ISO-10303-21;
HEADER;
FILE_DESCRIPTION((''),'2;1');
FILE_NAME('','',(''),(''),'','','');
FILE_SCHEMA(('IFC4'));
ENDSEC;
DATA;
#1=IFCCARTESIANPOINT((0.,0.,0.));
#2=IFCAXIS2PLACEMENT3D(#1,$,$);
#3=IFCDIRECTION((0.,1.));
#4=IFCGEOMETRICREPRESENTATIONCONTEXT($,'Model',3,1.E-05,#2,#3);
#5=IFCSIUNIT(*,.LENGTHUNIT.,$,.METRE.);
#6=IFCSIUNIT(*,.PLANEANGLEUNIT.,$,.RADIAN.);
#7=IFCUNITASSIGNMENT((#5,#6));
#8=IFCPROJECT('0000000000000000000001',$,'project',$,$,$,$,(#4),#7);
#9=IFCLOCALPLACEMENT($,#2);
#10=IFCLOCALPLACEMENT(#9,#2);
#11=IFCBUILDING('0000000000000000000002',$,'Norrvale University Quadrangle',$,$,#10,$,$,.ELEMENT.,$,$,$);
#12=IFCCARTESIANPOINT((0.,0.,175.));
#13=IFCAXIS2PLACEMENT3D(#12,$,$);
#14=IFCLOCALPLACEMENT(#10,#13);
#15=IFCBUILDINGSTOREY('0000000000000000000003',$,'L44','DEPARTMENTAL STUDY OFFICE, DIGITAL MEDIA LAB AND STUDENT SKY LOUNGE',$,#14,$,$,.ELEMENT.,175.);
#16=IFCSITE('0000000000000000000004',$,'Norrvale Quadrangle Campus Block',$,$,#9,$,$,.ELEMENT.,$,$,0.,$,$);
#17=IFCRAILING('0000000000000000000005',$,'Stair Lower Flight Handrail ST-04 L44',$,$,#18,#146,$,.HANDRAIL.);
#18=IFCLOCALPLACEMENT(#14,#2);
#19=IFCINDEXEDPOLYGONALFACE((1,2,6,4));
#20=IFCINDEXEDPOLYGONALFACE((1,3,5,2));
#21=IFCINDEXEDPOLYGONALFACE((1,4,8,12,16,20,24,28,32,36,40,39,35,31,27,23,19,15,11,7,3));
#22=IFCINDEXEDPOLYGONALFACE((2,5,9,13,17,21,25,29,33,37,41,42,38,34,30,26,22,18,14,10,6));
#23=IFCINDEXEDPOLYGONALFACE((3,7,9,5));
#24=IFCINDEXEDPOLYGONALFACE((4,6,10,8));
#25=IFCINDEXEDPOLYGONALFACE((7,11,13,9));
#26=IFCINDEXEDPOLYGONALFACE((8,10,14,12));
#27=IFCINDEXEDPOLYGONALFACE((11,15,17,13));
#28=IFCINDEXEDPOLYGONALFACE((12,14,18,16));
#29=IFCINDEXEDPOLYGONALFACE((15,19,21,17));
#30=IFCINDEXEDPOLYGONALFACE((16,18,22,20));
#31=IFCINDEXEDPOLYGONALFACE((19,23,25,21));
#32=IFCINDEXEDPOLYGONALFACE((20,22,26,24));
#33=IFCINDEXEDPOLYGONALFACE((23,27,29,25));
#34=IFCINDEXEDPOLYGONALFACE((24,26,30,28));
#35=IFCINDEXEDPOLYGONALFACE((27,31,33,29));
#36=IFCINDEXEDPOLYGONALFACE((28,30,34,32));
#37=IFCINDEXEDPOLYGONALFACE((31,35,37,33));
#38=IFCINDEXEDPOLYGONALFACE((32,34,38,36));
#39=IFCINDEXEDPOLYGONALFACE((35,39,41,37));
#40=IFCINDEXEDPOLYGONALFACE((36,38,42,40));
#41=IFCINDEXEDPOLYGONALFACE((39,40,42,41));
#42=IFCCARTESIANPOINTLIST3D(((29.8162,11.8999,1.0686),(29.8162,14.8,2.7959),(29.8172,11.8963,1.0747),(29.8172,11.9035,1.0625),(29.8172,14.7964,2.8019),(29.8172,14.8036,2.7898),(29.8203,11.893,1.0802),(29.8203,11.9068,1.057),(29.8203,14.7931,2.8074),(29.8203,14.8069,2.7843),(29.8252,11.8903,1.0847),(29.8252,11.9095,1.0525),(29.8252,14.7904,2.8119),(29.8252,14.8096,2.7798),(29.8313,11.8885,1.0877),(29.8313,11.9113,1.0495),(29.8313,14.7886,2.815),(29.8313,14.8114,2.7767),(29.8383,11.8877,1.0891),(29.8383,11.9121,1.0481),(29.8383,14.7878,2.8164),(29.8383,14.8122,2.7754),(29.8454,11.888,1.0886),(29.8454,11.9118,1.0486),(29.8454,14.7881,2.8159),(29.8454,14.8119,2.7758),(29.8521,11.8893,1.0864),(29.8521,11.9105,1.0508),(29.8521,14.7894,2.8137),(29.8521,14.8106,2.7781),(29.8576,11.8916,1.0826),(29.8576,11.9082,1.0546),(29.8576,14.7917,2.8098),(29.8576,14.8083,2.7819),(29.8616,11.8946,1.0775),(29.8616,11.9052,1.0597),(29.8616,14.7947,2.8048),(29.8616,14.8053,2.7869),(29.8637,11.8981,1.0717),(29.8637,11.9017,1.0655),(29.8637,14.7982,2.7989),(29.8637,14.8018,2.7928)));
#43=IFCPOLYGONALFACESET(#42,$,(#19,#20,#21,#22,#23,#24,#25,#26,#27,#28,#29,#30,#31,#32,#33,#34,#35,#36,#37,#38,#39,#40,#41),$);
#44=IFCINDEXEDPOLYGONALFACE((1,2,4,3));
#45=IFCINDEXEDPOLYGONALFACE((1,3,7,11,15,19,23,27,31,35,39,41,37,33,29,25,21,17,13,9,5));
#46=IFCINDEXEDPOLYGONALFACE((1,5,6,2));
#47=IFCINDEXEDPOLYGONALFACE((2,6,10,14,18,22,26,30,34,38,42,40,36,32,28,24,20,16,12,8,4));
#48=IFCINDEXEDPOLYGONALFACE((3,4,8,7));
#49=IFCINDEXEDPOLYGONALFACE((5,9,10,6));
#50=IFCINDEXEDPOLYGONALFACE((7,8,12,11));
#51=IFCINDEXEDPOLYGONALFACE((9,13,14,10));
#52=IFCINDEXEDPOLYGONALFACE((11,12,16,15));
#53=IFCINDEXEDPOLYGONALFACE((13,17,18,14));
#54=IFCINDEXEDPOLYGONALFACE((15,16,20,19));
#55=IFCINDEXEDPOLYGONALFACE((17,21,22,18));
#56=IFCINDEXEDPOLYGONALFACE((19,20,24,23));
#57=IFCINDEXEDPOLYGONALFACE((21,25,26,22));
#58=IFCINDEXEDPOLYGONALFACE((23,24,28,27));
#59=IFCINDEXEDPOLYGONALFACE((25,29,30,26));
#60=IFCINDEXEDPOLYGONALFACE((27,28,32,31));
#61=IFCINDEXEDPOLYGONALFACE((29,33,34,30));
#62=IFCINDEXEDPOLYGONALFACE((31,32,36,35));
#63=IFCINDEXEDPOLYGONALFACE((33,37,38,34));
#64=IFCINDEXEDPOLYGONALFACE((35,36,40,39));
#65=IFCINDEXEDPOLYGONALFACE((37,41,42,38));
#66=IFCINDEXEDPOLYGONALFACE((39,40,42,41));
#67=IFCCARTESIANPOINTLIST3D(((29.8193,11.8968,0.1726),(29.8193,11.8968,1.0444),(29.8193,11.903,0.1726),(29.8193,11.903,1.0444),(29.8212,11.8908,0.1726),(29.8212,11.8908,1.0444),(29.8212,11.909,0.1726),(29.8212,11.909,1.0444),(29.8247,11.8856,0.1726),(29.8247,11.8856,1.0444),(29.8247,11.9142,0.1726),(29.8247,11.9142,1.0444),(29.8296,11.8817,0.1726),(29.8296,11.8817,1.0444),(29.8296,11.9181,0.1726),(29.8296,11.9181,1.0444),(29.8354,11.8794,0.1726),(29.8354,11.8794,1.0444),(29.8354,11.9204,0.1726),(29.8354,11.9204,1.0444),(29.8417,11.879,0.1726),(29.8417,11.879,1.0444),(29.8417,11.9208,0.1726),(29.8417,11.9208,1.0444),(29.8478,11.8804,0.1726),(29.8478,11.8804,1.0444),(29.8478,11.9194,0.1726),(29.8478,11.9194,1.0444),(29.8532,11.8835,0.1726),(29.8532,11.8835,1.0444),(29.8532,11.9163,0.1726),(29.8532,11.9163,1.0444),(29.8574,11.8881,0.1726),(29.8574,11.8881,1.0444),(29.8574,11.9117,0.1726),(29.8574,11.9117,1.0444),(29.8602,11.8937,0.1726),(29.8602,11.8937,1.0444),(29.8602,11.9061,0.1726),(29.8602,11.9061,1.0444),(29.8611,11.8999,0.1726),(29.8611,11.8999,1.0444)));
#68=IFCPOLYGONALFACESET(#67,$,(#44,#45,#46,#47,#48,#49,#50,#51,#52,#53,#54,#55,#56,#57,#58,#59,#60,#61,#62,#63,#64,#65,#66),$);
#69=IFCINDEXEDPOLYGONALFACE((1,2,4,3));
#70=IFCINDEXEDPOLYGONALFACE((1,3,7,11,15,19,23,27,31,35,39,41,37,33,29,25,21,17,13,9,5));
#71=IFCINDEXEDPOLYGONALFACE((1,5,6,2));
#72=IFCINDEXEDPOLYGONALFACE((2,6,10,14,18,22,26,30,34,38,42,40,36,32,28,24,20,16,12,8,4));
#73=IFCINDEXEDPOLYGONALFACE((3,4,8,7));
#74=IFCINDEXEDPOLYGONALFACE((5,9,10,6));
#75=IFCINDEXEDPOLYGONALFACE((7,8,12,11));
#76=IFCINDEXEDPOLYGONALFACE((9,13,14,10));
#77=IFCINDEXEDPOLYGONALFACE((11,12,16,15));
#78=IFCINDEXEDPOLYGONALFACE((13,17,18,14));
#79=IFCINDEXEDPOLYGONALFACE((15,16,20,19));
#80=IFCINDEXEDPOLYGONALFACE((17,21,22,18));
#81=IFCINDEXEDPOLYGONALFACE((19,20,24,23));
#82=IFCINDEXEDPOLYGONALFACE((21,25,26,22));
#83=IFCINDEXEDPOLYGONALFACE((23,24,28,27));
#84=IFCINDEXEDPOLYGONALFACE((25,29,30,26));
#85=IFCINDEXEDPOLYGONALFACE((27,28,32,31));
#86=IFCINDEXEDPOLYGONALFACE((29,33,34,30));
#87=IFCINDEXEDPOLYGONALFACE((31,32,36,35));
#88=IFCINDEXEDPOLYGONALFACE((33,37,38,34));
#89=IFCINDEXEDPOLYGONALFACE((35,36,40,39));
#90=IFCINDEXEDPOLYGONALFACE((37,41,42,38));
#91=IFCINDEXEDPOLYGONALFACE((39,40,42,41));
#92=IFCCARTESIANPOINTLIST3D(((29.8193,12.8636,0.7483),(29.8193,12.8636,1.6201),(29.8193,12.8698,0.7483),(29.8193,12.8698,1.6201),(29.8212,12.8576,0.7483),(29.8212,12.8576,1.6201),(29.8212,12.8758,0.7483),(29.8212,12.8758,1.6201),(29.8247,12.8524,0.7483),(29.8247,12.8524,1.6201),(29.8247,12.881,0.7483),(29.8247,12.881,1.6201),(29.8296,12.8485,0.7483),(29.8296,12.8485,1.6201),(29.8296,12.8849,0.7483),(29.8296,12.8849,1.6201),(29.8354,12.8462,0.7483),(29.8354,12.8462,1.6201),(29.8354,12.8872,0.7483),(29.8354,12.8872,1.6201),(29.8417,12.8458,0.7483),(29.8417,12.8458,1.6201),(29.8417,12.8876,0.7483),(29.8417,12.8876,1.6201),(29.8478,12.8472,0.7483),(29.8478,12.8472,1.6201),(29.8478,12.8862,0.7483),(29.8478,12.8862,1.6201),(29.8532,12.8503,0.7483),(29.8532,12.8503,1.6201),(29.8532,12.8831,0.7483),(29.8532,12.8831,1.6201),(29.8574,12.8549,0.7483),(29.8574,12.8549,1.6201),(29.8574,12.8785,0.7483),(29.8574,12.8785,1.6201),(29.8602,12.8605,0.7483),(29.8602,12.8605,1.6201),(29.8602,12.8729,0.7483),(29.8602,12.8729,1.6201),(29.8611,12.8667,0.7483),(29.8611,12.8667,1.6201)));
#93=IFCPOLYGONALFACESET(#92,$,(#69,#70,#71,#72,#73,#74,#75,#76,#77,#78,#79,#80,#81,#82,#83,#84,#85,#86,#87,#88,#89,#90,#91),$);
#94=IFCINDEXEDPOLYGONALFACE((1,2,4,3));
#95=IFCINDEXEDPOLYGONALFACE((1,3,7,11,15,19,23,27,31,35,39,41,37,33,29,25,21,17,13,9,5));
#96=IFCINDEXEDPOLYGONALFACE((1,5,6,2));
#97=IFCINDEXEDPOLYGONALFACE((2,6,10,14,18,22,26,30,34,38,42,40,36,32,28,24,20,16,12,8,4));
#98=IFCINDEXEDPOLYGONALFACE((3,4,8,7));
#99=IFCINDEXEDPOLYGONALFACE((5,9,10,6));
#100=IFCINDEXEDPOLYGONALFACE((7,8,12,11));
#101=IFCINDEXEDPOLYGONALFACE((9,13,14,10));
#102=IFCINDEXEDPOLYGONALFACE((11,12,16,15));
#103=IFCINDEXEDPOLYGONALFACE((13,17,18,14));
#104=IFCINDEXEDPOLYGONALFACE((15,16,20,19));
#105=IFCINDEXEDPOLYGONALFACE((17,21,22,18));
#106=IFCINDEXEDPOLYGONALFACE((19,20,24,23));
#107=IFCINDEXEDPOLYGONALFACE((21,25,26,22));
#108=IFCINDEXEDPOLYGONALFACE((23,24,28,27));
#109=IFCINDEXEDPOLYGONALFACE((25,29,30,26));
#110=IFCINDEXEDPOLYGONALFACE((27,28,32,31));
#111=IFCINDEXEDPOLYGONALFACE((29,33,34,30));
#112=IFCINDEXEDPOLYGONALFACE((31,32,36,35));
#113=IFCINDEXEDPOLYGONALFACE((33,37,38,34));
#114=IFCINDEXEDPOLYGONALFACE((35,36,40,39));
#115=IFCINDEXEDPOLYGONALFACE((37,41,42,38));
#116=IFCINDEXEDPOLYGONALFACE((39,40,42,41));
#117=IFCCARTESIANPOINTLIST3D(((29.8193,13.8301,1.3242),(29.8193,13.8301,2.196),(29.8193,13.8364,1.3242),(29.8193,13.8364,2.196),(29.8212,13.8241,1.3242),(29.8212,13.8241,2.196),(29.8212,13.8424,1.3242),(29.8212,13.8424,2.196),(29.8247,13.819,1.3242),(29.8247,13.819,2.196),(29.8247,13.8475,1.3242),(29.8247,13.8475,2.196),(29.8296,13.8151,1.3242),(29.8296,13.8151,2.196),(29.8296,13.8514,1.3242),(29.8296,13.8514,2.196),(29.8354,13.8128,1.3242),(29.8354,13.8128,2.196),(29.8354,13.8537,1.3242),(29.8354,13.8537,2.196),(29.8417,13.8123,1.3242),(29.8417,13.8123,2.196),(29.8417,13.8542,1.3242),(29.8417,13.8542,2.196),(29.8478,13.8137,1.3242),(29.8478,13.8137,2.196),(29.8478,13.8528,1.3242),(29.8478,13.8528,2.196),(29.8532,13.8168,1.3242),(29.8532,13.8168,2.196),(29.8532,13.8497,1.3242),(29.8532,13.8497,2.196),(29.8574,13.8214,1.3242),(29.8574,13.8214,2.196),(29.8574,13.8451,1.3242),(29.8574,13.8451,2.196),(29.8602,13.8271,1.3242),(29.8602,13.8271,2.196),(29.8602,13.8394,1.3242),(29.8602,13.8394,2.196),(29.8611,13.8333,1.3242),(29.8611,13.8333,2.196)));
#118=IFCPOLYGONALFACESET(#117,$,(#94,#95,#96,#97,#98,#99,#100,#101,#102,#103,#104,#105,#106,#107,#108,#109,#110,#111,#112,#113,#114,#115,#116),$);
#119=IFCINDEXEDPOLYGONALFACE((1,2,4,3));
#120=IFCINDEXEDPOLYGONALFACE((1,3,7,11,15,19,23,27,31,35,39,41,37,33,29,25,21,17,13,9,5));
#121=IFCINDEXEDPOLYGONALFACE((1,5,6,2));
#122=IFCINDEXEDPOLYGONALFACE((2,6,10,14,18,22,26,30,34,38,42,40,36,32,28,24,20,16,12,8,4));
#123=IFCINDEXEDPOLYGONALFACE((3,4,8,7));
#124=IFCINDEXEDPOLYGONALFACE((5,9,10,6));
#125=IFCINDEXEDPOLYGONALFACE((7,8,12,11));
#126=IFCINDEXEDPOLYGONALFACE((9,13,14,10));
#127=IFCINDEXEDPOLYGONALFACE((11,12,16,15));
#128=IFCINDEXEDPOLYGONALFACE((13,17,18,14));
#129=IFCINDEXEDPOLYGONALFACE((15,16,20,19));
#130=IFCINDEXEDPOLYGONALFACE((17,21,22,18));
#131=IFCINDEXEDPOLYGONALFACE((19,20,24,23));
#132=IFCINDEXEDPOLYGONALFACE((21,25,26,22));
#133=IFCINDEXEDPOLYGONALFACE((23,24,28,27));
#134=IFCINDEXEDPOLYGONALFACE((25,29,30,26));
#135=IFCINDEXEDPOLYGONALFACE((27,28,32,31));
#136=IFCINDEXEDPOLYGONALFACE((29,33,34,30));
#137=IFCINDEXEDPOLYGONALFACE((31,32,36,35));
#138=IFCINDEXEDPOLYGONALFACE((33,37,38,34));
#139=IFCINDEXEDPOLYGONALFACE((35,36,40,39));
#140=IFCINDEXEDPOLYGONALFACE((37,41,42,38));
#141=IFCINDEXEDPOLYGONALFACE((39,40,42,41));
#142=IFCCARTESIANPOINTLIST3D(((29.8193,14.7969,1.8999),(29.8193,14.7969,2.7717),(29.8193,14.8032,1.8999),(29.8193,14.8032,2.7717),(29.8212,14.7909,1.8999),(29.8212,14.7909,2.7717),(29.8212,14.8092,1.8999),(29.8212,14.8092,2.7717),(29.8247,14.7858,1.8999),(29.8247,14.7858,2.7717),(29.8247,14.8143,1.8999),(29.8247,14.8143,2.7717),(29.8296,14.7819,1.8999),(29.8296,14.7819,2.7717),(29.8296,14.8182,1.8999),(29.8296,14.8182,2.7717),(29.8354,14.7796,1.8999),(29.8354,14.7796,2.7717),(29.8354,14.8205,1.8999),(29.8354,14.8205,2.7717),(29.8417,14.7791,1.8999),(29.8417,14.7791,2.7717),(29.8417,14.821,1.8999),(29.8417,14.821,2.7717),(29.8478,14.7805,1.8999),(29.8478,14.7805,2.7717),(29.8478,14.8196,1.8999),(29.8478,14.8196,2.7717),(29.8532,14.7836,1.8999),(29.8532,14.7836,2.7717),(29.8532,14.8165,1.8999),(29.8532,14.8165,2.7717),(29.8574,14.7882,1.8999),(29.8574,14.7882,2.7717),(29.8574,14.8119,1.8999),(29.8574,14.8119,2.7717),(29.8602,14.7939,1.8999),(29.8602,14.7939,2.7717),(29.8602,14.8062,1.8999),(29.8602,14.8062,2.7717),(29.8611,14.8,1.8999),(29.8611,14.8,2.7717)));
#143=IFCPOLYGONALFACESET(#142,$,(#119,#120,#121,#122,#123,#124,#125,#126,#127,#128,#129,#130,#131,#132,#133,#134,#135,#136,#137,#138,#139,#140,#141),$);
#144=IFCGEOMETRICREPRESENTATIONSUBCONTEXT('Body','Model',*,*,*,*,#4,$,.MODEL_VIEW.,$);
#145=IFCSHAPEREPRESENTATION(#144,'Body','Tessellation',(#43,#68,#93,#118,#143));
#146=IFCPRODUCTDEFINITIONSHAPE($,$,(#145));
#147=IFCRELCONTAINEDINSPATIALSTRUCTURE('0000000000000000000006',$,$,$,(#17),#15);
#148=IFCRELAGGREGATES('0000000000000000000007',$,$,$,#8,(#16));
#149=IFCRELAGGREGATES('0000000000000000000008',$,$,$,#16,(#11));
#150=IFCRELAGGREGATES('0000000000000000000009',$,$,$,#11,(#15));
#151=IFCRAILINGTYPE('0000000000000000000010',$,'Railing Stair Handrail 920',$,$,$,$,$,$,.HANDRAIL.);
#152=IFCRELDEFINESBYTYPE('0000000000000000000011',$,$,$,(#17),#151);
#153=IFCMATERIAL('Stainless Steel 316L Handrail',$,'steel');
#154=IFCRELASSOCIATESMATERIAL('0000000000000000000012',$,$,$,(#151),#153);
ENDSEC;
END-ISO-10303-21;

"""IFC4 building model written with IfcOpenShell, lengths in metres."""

from ifc_helpers import new_model, si_unit, direction, frame, origin, origin_2d, place, context, subcontext, project, spatial, circle, extrude, material, type_object, element, save


model = new_model("IFC4")

# Units and contexts
model_context = context("Model", 3, precision=1e-05, world=origin(), true_north=direction((0.0, 1.0)))
body_context = subcontext(model_context, "Body", "Model", "MODEL_VIEW")
ifc_project = project(units=[si_unit("LENGTHUNIT", "METRE"), si_unit("PLANEANGLEUNIT", "RADIAN")], contexts=[model_context])

# Site, building, storey
site_placement = place(None, origin())
site = spatial("IfcSite", under=ifc_project, at=site_placement, Name="Norrvale Quadrangle Campus Block", CompositionType="ELEMENT", RefElevation=0.0)
building_placement = place(site_placement, origin())
building = spatial("IfcBuilding", under=site, at=building_placement, Name="Norrvale University Quadrangle", CompositionType="ELEMENT")
storey_placement = place(building_placement, frame((0.0, 0.0, 175.0)))
storey = spatial("IfcBuildingStorey", under=building, at=storey_placement, Name="L44", Description="DEPARTMENTAL STUDY OFFICE, DIGITAL MEDIA LAB AND STUDENT SKY LOUNGE", CompositionType="ELEMENT", Elevation=175.0)

# Railing
ifc_material_1 = material(Name="Stainless Steel 316L Handrail", Category="steel")
railing_type_1 = type_object("IfcRailingType", Name="Railing Stair Handrail 920", PredefinedType="HANDRAIL", material=ifc_material_1)
railing_1_placement = place(storey_placement, frame((29.8401, 11.8999, 0.1726)))
element("IfcRailing", 1, at=railing_1_placement, inside=storey, type_object=railing_type_1, Name="Stair Lower Flight Handrail ST-04 L44", PredefinedType="HANDRAIL", context=body_context, shape_type="SweptSolid", body=[
    extrude(circle(Radius=0.0239, at=origin_2d()), frame((0.0, 0.0, 0.896), z_axis=(0.0, 0.85916, 0.511706), x_axis=(-1.0, 0.0, 0.0)), (0.0, 0.0, 1.0), 3.3755),
    extrude(circle(Radius=0.021, at=origin_2d()), origin(), (0.0, 0.0, 1.0), 0.8718),
    extrude(circle(Radius=0.021, at=origin_2d()), frame((0.0, 0.9668, 0.5757)), (0.0, 0.0, 1.0), 0.8718),
    extrude(circle(Radius=0.021, at=origin_2d()), frame((0.0, 1.9333, 1.1516)), (0.0, 0.0, 1.0), 0.8718),
    extrude(circle(Radius=0.021, at=origin_2d()), frame((0.0, 2.9001, 1.7273)), (0.0, 0.0, 1.0), 0.8718),
])

save(model, "model.ifc")
